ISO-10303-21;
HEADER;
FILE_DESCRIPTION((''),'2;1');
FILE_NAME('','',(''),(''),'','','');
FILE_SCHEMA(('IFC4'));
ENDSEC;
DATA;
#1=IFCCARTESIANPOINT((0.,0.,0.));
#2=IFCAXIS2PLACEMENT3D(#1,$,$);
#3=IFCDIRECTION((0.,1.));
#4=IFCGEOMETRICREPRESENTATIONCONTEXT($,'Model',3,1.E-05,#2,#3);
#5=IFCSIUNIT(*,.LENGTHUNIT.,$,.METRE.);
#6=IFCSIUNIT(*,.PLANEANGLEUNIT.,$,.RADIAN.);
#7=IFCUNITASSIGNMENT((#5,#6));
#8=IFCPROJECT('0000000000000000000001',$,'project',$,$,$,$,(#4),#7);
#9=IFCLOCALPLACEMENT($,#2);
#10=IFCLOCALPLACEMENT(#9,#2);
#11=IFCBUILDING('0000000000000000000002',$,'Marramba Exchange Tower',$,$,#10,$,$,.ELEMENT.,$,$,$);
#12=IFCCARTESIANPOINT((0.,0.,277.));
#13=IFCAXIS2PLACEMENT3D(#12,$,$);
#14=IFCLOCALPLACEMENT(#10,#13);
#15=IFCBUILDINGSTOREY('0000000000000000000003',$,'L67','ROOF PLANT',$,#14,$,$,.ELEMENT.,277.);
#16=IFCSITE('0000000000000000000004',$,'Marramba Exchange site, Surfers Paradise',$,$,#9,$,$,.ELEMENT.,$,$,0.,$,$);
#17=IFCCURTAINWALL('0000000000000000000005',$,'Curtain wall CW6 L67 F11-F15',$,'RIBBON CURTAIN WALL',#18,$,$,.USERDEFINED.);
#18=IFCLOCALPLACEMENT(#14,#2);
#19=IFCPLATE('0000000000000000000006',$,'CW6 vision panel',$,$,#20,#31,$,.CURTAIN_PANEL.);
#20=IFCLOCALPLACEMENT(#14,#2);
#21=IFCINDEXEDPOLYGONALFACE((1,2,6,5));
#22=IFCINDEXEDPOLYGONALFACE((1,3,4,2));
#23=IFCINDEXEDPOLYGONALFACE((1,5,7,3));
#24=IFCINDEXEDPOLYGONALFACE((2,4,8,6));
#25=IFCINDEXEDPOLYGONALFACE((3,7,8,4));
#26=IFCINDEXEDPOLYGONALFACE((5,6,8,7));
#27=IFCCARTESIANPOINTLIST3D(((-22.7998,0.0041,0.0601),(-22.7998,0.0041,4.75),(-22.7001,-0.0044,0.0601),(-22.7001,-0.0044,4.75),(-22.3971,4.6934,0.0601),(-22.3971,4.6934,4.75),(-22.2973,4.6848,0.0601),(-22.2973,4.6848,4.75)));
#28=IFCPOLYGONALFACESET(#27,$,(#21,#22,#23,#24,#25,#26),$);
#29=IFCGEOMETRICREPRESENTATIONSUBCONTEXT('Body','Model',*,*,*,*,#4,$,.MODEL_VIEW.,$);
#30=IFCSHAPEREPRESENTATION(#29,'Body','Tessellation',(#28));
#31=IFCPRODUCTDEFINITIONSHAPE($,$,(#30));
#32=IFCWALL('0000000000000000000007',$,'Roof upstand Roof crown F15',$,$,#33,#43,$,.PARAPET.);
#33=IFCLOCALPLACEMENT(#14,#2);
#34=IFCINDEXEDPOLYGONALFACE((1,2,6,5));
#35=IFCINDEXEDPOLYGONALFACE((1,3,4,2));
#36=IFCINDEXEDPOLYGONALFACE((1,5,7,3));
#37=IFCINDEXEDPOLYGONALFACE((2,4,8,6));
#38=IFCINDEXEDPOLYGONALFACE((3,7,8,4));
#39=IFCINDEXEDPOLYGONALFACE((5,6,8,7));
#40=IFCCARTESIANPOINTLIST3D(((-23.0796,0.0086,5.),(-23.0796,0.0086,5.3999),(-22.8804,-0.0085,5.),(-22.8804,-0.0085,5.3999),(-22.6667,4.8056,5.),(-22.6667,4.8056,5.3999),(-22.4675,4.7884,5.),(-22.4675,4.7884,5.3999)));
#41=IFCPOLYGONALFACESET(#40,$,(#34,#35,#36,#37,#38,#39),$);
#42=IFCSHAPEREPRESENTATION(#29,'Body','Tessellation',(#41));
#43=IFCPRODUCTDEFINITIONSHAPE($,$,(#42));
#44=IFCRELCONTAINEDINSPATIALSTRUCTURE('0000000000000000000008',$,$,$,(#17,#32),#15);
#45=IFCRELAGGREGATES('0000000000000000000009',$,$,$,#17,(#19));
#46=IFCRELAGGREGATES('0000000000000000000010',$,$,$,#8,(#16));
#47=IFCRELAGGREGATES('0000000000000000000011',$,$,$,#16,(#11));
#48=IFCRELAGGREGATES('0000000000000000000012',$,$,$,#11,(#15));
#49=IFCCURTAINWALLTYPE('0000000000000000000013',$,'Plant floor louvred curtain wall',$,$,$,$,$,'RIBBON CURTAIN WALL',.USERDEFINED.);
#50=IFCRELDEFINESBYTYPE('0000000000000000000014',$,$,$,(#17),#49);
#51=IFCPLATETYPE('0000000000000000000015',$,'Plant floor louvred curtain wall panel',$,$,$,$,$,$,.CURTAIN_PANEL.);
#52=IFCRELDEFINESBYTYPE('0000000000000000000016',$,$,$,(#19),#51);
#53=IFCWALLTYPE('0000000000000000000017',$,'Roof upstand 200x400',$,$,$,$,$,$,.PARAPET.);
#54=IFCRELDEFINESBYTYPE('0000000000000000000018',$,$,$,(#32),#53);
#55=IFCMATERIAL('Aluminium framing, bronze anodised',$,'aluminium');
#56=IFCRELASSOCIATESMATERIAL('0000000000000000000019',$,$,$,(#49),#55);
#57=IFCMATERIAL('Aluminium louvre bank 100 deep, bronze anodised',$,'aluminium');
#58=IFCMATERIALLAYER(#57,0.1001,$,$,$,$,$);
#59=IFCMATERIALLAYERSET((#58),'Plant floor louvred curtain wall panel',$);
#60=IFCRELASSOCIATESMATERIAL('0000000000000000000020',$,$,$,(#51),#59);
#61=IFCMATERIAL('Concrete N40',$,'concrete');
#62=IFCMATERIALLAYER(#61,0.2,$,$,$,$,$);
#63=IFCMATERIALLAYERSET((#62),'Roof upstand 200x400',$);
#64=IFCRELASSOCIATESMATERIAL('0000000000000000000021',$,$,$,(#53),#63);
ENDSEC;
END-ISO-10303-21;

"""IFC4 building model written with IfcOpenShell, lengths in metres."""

from ifc_helpers import new_model, si_unit, direction, frame, frame_2d, origin, origin_2d, place, context, subcontext, project, spatial, rectangle, extrude, material, layer, layer_set, type_object, element, aggregate, save


model = new_model("IFC4")

# Units and contexts
model_context = context("Model", 3, precision=1e-05, world=origin(), true_north=direction((0.0, 1.0)))
body_context = subcontext(model_context, "Body", "Model", "MODEL_VIEW")
ifc_project = project(units=[si_unit("LENGTHUNIT", "METRE"), si_unit("PLANEANGLEUNIT", "RADIAN")], contexts=[model_context])

# Site, building, storey
site_placement = place(None, origin())
site = spatial("IfcSite", under=ifc_project, at=site_placement, Name="Marramba Exchange site, Surfers Paradise", CompositionType="ELEMENT", RefElevation=0.0)
building_placement = place(site_placement, origin())
building = spatial("IfcBuilding", under=site, at=building_placement, Name="Marramba Exchange Tower", CompositionType="ELEMENT")
storey_placement = place(building_placement, frame((0.0, 0.0, 277.0)))
storey = spatial("IfcBuildingStorey", under=building, at=storey_placement, Name="L67", Description="ROOF PLANT", CompositionType="ELEMENT", Elevation=277.0)

# Curtain wall
ifc_material_1 = material(Name="Aluminium framing, bronze anodised", Category="aluminium")
curtain_wall_type = type_object("IfcCurtainWallType", Name="Plant floor louvred curtain wall", ElementType="RIBBON CURTAIN WALL", PredefinedType="USERDEFINED", material=ifc_material_1)
curtain_wall_placement = place(storey_placement, origin())
curtain_wall = element("IfcCurtainWall", 1, at=curtain_wall_placement, inside=storey, type_object=curtain_wall_type, Name="Curtain wall CW6 L67 F11-F15", ObjectType="RIBBON CURTAIN WALL", PredefinedType="USERDEFINED")

# Plate
ifc_material_2 = material(Name="Aluminium louvre bank 100 deep, bronze anodised", Category="aluminium")
ifc_layer_1 = layer(ifc_material_2, 0.1001)
ifc_layer_set_1 = layer_set([ifc_layer_1], Name="Plant floor louvred curtain wall panel")
plate_type = type_object("IfcPlateType", Name="Plant floor louvred curtain wall panel", PredefinedType="CURTAIN_PANEL", material=ifc_layer_set_1)
plate_1_placement = place(storey_placement, frame((-22.5486, 2.3445, 0.0601), z_axis=(0.0, 0.0, 1.0), x_axis=(-0.085574, -0.996332, 0.0)))
plate_1 = element("IfcPlate", 2, at=plate_1_placement, type_object=plate_type, Name="CW6 vision panel", PredefinedType="CURTAIN_PANEL", context=body_context, shape_type="SweptSolid", body=[
    extrude(rectangle(XDim=4.7065, YDim=0.1001, at=origin_2d()), origin(), (0.0, 0.0, 1.0), 4.6899),
])
aggregate(curtain_wall, [plate_1])

# Wall
ifc_material_3 = material(Name="Concrete N40", Category="concrete")
ifc_layer_2 = layer(ifc_material_3, 0.2)
ifc_layer_set_2 = layer_set([ifc_layer_2], Name="Roof upstand 200x400")
wall_type = type_object("IfcWallType", Name="Roof upstand 200x400", PredefinedType="PARAPET", material=ifc_layer_set_2)
wall_placement = place(storey_placement, frame((-22.5671, 4.7969, 5.0), z_axis=(0.0, 0.0, 1.0), x_axis=(-0.085748, -0.996317, 0.0)))
element("IfcWall", 3, at=wall_placement, inside=storey, type_object=wall_type, Name="Roof upstand Roof crown F15", PredefinedType="PARAPET", context=body_context, shape_type="SweptSolid", body=[
    extrude(rectangle(XDim=4.8147, YDim=0.2, at=frame_2d((2.4072, 0.0))), origin(), (0.0, 0.0, 1.0), 0.3999),
])

save(model, "model.ifc")
